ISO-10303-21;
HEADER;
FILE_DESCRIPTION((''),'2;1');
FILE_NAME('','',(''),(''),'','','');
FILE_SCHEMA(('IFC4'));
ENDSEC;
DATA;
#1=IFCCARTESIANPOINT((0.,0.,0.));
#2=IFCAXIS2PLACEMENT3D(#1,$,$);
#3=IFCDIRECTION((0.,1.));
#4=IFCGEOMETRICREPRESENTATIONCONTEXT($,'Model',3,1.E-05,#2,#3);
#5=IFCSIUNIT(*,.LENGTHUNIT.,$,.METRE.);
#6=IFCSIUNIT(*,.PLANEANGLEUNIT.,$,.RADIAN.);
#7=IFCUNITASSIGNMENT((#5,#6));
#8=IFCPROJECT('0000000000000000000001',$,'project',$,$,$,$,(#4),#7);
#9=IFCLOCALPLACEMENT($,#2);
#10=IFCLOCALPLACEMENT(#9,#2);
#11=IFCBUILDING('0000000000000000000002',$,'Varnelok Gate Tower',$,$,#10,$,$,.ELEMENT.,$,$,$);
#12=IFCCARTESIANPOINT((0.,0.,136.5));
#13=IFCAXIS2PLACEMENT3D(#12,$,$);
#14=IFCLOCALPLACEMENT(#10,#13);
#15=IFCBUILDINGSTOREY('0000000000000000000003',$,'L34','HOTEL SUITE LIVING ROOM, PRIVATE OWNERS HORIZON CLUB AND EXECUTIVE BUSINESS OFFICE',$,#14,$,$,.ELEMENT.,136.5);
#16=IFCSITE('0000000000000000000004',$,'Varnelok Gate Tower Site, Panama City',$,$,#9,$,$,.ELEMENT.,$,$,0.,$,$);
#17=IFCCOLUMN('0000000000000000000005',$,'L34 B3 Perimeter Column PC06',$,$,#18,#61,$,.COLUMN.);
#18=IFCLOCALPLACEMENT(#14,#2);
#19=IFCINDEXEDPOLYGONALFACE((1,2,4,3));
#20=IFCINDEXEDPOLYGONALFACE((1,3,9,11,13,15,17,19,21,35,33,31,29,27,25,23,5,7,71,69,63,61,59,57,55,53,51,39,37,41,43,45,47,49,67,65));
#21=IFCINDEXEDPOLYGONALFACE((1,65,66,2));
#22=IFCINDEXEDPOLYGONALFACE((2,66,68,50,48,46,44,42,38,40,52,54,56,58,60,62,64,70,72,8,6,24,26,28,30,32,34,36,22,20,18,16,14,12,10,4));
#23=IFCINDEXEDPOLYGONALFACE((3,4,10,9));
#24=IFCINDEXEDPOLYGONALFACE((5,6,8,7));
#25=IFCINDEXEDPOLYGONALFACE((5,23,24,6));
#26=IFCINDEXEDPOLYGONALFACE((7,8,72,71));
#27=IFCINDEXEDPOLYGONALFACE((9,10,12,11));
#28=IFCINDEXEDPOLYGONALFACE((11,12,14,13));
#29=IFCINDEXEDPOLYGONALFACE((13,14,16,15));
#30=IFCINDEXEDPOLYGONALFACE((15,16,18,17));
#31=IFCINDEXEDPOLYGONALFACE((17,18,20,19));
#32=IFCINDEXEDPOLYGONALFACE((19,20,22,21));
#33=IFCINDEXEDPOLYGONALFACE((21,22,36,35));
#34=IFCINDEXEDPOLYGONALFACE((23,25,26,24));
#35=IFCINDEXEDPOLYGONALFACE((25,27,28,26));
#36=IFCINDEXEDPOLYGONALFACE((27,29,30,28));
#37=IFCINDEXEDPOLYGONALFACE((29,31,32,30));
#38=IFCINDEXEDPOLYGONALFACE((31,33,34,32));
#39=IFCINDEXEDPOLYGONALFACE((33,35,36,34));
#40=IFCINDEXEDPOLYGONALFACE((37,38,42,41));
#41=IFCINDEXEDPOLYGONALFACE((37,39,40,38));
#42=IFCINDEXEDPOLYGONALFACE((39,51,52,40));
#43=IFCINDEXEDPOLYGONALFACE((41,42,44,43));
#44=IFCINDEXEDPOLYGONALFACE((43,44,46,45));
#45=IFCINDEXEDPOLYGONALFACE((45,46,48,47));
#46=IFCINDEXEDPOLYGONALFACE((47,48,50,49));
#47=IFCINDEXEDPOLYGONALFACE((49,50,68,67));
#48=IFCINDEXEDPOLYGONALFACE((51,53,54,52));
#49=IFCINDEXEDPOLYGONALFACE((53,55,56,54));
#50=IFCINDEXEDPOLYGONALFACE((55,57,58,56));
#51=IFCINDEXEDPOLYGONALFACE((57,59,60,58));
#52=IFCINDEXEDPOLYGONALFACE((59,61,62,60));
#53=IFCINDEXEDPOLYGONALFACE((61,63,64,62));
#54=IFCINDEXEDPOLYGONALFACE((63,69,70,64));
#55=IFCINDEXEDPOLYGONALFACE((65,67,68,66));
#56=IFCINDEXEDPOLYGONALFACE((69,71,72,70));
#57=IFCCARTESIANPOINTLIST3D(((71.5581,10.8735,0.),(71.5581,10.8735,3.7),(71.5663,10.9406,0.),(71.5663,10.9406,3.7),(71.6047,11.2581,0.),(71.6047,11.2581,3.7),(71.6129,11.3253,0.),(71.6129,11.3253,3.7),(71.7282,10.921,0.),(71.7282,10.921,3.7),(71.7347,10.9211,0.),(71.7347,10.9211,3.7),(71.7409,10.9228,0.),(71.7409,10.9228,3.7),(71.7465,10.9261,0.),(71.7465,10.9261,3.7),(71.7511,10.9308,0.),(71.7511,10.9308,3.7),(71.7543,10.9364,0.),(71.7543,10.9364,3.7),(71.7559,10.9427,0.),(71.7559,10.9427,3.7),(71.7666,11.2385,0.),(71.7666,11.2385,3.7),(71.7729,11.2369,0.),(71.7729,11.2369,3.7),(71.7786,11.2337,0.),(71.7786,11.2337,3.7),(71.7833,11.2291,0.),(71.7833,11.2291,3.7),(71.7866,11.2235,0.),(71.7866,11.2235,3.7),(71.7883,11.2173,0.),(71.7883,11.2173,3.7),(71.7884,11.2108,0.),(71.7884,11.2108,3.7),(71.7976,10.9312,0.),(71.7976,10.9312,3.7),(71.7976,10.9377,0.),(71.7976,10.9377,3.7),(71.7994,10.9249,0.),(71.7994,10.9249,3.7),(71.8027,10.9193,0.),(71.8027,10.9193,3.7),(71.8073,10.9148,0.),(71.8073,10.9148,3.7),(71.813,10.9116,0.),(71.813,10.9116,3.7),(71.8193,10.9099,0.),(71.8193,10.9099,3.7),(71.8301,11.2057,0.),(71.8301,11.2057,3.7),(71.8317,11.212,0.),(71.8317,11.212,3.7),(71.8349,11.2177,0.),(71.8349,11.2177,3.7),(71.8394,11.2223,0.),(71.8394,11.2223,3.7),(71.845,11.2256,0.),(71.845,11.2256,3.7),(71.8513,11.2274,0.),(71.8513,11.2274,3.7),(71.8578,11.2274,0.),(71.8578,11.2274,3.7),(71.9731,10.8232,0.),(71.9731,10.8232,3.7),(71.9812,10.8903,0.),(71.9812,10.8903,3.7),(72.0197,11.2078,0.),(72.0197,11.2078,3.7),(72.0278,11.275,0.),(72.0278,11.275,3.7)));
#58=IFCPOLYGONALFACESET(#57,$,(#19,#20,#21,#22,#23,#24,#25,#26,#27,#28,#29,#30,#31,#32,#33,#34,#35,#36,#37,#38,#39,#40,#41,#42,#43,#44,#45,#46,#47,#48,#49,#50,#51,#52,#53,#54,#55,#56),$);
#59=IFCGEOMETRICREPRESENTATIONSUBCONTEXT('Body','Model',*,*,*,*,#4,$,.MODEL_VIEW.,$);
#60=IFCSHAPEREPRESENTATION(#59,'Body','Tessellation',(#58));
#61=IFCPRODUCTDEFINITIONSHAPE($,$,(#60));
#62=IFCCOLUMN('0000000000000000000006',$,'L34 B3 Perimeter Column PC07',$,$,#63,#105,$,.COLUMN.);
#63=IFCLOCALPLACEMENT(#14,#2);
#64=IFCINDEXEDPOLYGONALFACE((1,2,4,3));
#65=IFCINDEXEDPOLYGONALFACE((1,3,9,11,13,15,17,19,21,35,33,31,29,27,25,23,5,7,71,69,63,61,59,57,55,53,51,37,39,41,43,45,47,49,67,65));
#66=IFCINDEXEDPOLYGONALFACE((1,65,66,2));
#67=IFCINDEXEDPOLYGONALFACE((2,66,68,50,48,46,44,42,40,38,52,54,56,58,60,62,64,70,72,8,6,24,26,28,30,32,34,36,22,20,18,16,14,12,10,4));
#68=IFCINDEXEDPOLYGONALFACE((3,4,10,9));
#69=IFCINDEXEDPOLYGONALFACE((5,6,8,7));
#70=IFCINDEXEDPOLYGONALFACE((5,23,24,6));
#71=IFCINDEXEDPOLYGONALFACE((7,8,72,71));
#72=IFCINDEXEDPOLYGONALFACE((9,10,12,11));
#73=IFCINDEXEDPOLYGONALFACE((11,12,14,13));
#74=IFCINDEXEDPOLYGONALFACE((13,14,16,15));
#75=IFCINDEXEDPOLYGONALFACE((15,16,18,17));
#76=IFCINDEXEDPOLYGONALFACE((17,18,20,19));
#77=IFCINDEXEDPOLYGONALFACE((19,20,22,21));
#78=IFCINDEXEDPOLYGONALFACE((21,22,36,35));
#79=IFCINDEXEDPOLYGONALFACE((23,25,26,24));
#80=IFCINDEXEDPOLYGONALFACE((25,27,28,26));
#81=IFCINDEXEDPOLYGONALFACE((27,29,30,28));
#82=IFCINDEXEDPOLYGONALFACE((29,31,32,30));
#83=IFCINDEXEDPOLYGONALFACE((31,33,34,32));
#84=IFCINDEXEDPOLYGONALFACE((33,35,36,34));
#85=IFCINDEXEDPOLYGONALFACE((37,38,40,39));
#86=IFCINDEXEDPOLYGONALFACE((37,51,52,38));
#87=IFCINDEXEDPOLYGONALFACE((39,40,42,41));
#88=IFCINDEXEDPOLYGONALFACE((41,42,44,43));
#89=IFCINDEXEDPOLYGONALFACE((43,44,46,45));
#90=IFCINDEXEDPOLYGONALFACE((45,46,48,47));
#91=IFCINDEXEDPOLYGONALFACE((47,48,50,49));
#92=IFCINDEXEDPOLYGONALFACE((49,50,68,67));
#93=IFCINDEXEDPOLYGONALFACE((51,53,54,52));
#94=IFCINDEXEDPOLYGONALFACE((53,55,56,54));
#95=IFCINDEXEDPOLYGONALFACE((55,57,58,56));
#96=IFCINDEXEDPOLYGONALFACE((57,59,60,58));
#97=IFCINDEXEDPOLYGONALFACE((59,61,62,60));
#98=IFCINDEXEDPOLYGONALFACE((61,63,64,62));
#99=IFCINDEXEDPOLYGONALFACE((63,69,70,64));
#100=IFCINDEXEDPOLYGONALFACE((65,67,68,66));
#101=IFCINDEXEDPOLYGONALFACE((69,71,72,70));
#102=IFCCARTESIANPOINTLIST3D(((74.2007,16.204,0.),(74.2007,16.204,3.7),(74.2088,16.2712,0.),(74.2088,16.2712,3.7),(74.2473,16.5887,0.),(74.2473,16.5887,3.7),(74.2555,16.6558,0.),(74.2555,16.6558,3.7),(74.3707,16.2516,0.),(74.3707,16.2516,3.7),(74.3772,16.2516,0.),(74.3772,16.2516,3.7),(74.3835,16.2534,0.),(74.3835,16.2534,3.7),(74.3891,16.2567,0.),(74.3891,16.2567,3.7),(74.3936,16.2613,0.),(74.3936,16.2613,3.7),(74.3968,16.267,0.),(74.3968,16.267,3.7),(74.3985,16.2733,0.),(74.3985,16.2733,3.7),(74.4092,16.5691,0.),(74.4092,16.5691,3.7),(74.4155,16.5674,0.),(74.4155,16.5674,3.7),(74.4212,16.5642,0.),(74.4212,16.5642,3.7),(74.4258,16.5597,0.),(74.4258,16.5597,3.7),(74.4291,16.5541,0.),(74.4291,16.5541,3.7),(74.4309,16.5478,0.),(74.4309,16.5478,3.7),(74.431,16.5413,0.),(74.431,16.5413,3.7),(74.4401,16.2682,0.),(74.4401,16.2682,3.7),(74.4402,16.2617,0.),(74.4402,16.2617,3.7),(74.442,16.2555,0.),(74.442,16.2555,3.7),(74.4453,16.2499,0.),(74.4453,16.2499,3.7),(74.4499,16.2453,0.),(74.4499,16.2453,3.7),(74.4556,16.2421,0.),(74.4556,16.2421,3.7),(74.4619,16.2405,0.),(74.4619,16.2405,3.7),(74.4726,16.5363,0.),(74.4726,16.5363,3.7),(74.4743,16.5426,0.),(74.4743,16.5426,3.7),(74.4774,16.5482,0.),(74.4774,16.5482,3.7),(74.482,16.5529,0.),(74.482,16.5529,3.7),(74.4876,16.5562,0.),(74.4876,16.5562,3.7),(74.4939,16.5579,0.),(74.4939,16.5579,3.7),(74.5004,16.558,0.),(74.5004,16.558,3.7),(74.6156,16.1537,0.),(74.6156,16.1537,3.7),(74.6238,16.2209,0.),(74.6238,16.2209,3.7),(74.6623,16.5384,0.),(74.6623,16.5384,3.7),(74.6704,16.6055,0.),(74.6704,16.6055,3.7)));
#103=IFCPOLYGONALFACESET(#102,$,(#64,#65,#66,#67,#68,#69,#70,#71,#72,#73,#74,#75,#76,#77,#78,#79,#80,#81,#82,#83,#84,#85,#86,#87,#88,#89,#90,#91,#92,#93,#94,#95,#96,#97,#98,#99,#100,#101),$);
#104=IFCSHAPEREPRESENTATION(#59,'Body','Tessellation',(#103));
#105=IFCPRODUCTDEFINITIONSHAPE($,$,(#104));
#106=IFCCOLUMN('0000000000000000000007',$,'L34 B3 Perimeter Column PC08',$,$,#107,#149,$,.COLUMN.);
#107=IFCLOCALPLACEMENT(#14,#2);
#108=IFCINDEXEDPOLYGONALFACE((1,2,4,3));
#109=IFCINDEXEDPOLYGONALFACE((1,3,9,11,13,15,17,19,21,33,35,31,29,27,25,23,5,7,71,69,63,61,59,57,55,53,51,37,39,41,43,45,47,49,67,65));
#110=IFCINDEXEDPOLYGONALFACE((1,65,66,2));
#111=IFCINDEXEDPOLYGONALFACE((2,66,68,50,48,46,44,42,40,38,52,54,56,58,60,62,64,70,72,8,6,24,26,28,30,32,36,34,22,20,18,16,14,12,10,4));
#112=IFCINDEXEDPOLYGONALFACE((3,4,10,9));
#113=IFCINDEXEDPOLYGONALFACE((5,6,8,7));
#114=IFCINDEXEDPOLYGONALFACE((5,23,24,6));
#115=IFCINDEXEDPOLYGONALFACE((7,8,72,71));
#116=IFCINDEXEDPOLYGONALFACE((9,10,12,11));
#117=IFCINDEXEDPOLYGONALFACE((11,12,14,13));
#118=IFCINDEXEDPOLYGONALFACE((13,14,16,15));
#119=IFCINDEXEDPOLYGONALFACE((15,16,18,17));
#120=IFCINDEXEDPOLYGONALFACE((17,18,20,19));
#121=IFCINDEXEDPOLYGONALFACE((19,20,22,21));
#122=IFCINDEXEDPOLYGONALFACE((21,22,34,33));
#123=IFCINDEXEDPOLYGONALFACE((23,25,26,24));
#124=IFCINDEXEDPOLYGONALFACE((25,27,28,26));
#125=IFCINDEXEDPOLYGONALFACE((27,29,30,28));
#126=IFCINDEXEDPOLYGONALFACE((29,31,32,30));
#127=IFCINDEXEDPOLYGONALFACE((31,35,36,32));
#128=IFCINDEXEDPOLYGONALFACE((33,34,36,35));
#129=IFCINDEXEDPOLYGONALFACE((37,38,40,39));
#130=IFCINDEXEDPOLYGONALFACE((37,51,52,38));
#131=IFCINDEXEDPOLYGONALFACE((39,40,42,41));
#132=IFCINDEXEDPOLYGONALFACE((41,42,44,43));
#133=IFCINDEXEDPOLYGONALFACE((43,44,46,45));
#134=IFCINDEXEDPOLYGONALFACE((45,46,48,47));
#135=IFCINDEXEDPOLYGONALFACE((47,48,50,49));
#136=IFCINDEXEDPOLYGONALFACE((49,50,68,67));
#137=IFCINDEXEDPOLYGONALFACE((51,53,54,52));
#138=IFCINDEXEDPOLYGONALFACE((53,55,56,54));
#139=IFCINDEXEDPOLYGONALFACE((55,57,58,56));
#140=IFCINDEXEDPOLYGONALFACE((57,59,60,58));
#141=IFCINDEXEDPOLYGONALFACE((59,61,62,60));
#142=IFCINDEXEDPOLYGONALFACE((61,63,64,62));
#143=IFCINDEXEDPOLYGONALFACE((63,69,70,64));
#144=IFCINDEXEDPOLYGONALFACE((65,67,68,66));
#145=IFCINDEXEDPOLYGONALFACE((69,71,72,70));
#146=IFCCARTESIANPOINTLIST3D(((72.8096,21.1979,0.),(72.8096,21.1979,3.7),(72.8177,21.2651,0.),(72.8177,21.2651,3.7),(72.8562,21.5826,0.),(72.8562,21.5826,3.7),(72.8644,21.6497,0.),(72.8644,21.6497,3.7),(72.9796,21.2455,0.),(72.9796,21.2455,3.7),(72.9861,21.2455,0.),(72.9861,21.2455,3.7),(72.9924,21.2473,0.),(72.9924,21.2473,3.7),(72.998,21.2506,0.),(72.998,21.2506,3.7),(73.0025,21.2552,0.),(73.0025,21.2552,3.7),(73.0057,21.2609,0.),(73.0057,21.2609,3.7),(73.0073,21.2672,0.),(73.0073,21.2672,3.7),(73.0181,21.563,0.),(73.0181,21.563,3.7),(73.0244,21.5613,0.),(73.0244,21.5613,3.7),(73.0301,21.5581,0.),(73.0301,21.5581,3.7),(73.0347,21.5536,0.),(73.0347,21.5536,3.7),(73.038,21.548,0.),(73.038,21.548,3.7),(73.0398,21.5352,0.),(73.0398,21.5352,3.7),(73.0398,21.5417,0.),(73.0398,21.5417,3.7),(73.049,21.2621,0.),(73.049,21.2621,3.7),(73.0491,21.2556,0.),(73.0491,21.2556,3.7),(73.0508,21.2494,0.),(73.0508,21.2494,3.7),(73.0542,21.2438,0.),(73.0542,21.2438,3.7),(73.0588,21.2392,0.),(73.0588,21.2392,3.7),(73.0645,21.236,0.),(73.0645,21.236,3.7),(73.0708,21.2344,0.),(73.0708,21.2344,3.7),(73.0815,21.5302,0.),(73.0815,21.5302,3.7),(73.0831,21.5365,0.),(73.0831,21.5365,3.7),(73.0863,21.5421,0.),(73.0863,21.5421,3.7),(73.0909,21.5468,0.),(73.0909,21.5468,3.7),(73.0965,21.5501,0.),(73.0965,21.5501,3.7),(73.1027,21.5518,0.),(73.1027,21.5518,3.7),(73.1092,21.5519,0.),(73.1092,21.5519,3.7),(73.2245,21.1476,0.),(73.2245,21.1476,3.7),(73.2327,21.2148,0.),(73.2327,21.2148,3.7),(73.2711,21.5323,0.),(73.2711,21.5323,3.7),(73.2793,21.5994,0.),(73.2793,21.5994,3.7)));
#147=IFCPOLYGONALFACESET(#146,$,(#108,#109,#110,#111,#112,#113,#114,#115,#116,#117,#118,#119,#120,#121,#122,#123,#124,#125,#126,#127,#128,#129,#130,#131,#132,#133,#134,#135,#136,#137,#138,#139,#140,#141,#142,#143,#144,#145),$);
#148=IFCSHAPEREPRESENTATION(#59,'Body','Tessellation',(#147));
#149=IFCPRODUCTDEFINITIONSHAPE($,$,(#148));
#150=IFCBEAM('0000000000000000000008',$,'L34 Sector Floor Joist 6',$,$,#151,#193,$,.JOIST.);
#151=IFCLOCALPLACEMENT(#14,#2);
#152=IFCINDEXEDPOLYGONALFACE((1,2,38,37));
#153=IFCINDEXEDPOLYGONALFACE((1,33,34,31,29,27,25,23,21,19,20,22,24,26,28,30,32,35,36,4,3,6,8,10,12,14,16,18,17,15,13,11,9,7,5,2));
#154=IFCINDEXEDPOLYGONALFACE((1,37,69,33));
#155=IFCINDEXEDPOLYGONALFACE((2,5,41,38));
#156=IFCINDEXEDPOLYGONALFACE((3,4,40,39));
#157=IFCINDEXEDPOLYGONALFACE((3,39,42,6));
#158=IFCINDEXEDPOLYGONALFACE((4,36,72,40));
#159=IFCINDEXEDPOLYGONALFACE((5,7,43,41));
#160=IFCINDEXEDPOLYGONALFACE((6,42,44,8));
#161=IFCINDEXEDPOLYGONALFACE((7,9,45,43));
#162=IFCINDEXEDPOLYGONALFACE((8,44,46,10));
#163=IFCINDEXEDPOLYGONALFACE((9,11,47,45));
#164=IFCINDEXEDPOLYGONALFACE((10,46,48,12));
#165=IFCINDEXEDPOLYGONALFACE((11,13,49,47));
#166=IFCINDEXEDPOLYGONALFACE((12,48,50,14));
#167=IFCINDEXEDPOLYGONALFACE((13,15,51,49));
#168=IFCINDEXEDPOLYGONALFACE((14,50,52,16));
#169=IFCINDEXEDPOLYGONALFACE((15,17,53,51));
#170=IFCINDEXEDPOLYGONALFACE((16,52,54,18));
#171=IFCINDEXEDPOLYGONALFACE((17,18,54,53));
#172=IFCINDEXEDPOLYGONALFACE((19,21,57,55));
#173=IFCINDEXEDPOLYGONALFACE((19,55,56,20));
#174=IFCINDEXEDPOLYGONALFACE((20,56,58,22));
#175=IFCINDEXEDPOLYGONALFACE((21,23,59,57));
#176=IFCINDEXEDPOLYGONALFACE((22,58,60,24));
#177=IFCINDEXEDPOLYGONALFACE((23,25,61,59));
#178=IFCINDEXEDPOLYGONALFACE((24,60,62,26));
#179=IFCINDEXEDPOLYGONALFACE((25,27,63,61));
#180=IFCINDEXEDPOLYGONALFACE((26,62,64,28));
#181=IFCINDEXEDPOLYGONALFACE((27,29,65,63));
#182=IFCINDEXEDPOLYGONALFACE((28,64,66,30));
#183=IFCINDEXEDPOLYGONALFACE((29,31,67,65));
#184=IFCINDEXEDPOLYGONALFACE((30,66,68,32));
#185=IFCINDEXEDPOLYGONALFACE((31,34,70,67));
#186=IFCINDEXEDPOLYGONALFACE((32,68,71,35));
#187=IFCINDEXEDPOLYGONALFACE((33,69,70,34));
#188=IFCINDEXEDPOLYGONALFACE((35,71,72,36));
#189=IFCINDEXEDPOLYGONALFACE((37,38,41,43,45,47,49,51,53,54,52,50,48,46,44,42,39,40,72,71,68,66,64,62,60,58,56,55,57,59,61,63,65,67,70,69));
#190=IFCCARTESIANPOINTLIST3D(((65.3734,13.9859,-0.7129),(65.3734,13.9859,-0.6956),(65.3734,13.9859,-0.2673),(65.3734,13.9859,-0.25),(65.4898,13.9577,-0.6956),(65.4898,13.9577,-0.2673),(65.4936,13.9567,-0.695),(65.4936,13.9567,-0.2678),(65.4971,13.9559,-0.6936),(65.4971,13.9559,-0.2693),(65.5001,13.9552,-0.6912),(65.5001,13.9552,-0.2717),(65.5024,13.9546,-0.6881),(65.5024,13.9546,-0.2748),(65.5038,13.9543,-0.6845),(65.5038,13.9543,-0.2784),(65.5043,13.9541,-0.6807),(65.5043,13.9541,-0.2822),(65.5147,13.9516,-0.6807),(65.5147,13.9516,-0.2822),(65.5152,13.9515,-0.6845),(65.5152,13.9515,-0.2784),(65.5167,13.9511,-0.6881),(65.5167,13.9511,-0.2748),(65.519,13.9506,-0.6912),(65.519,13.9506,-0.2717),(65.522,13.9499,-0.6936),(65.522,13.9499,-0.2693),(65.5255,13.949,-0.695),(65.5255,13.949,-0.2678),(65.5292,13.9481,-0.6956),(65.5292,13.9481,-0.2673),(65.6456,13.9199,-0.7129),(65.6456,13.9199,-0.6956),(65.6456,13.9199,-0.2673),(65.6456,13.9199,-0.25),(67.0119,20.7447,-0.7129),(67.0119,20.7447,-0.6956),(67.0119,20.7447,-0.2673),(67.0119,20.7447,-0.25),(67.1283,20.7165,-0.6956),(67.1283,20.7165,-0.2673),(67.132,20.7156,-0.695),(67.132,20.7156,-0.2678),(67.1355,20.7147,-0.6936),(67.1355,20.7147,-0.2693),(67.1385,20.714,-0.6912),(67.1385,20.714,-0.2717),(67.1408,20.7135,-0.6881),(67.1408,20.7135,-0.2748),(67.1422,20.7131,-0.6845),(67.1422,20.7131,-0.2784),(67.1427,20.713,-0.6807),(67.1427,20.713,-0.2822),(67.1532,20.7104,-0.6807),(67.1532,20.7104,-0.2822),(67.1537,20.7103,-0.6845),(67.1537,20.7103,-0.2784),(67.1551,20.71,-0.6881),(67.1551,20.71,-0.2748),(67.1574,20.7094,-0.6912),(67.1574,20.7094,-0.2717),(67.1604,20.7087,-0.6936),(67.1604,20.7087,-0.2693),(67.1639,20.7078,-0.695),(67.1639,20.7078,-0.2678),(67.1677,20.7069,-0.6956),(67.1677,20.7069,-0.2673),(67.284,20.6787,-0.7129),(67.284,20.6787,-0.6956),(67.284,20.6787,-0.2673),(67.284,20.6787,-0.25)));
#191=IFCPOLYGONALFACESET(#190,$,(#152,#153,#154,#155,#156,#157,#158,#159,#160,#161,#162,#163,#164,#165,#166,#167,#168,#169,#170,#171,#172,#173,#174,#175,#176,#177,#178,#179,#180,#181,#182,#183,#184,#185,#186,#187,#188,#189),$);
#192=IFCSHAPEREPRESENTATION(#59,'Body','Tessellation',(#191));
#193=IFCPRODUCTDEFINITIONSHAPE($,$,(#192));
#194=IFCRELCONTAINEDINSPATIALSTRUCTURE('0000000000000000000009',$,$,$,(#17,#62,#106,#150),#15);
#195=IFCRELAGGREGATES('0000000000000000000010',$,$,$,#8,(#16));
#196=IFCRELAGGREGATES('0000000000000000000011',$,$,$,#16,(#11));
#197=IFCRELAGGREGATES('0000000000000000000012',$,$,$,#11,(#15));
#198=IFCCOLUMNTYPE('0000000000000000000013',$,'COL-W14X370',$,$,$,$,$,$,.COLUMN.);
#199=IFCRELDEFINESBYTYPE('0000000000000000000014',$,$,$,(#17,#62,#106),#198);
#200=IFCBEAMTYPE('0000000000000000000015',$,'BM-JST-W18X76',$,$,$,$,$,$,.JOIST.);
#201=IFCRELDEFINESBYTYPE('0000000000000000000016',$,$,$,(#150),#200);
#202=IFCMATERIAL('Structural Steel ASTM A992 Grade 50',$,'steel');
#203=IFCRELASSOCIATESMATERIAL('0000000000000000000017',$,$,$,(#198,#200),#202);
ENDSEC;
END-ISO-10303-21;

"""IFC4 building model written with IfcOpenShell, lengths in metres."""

from ifc_helpers import new_model, si_unit, direction, frame, origin, origin_2d, place, context, subcontext, project, spatial, i_section, extrude, material, material_profile, profile_set, type_object, element, save


model = new_model("IFC4")

# Units and contexts
model_context = context("Model", 3, precision=1e-05, world=origin(), true_north=direction((0.0, 1.0)))
body_context = subcontext(model_context, "Body", "Model", "MODEL_VIEW")
ifc_project = project(units=[si_unit("LENGTHUNIT", "METRE"), si_unit("PLANEANGLEUNIT", "RADIAN")], contexts=[model_context])

# Site, building, storey
site_placement = place(None, origin())
site = spatial("IfcSite", under=ifc_project, at=site_placement, Name="Varnelok Gate Tower Site, Panama City", CompositionType="ELEMENT", RefElevation=0.0)
building_placement = place(site_placement, origin())
building = spatial("IfcBuilding", under=site, at=building_placement, Name="Varnelok Gate Tower", CompositionType="ELEMENT")
storey_placement = place(building_placement, frame((0.0, 0.0, 136.5)))
storey = spatial("IfcBuildingStorey", under=building, at=storey_placement, Name="L34", Description="HOTEL SUITE LIVING ROOM, PRIVATE OWNERS HORIZON CLUB AND EXECUTIVE BUSINESS OFFICE", CompositionType="ELEMENT", Elevation=136.5)

# Columns
ifc_material_1 = material(Name="Structural Steel ASTM A992 Grade 50", Category="steel")
ifc_material_profile_1 = material_profile(ifc_material_1, i_section(OverallWidth=0.418, OverallDepth=0.4551, WebThickness=0.042, FlangeThickness=0.0676, FilletRadius=0.0249, at=origin_2d()), Name="W14X370")
ifc_profile_set_1 = profile_set([ifc_material_profile_1], Name="Structural Steel ASTM A992 Grade 50")
column_type = type_object("IfcColumnType", Name="COL-W14X370", PredefinedType="COLUMN", material=ifc_profile_set_1)
for number, where, z_axis, x_axis, name in (
    (1, (71.793, 11.0742, 0.0), (0.0, 0.0, 1.0), (0.992732, -0.120345, 0.0), "L34 B3 Perimeter Column PC06"),
    (2, (74.4355, 16.4048, 0.0), (0.0, 0.0, 1.0), (0.992732, -0.120345, 0.0), "L34 B3 Perimeter Column PC07"),
    (3, (73.0444, 21.3987, 0.0), (0.0, 0.0, 1.0), (0.992732, -0.120345, 0.0), "L34 B3 Perimeter Column PC08"),
):
    element("IfcColumn", number, at=place(storey_placement, frame(where, z_axis=z_axis, x_axis=x_axis)), inside=storey, type_object=column_type, Name=name, PredefinedType="COLUMN", context=body_context, shape_type="SweptSolid", body=[
        extrude(i_section(OverallWidth=0.418, OverallDepth=0.4551, WebThickness=0.042, FlangeThickness=0.0676, FilletRadius=0.0249, at=origin_2d()), origin(), (0.0, 0.0, 1.0), 3.7),
    ])

# Beam
ifc_material_profile_2 = material_profile(ifc_material_1, i_section(OverallWidth=0.28, OverallDepth=0.4629, WebThickness=0.0107, FlangeThickness=0.0173, FilletRadius=0.0149, at=origin_2d()), Name="W18X76")
ifc_profile_set_2 = profile_set([ifc_material_profile_2], Name="Structural Steel ASTM A992 Grade 50")
beam_type_1 = type_object("IfcBeamType", Name="BM-JST-W18X76", PredefinedType="JOIST", material=ifc_profile_set_2)
beam_1_placement = place(storey_placement, frame((65.5095, 13.9529, -0.4814), z_axis=(0.235591, 0.971852, 0.0), x_axis=(-0.971852, 0.235591, 0.0)))
element("IfcBeam", 4, at=beam_1_placement, inside=storey, type_object=beam_type_1, Name="L34 Sector Floor Joist 6", PredefinedType="JOIST", context=body_context, shape_type="SweptSolid", body=[
    extrude(i_section(OverallWidth=0.28, OverallDepth=0.4629, WebThickness=0.0107, FlangeThickness=0.0173, FilletRadius=0.0149, at=origin_2d()), origin(), (0.0, 0.0, 1.0), 6.9546),
])

save(model, "model.ifc")
